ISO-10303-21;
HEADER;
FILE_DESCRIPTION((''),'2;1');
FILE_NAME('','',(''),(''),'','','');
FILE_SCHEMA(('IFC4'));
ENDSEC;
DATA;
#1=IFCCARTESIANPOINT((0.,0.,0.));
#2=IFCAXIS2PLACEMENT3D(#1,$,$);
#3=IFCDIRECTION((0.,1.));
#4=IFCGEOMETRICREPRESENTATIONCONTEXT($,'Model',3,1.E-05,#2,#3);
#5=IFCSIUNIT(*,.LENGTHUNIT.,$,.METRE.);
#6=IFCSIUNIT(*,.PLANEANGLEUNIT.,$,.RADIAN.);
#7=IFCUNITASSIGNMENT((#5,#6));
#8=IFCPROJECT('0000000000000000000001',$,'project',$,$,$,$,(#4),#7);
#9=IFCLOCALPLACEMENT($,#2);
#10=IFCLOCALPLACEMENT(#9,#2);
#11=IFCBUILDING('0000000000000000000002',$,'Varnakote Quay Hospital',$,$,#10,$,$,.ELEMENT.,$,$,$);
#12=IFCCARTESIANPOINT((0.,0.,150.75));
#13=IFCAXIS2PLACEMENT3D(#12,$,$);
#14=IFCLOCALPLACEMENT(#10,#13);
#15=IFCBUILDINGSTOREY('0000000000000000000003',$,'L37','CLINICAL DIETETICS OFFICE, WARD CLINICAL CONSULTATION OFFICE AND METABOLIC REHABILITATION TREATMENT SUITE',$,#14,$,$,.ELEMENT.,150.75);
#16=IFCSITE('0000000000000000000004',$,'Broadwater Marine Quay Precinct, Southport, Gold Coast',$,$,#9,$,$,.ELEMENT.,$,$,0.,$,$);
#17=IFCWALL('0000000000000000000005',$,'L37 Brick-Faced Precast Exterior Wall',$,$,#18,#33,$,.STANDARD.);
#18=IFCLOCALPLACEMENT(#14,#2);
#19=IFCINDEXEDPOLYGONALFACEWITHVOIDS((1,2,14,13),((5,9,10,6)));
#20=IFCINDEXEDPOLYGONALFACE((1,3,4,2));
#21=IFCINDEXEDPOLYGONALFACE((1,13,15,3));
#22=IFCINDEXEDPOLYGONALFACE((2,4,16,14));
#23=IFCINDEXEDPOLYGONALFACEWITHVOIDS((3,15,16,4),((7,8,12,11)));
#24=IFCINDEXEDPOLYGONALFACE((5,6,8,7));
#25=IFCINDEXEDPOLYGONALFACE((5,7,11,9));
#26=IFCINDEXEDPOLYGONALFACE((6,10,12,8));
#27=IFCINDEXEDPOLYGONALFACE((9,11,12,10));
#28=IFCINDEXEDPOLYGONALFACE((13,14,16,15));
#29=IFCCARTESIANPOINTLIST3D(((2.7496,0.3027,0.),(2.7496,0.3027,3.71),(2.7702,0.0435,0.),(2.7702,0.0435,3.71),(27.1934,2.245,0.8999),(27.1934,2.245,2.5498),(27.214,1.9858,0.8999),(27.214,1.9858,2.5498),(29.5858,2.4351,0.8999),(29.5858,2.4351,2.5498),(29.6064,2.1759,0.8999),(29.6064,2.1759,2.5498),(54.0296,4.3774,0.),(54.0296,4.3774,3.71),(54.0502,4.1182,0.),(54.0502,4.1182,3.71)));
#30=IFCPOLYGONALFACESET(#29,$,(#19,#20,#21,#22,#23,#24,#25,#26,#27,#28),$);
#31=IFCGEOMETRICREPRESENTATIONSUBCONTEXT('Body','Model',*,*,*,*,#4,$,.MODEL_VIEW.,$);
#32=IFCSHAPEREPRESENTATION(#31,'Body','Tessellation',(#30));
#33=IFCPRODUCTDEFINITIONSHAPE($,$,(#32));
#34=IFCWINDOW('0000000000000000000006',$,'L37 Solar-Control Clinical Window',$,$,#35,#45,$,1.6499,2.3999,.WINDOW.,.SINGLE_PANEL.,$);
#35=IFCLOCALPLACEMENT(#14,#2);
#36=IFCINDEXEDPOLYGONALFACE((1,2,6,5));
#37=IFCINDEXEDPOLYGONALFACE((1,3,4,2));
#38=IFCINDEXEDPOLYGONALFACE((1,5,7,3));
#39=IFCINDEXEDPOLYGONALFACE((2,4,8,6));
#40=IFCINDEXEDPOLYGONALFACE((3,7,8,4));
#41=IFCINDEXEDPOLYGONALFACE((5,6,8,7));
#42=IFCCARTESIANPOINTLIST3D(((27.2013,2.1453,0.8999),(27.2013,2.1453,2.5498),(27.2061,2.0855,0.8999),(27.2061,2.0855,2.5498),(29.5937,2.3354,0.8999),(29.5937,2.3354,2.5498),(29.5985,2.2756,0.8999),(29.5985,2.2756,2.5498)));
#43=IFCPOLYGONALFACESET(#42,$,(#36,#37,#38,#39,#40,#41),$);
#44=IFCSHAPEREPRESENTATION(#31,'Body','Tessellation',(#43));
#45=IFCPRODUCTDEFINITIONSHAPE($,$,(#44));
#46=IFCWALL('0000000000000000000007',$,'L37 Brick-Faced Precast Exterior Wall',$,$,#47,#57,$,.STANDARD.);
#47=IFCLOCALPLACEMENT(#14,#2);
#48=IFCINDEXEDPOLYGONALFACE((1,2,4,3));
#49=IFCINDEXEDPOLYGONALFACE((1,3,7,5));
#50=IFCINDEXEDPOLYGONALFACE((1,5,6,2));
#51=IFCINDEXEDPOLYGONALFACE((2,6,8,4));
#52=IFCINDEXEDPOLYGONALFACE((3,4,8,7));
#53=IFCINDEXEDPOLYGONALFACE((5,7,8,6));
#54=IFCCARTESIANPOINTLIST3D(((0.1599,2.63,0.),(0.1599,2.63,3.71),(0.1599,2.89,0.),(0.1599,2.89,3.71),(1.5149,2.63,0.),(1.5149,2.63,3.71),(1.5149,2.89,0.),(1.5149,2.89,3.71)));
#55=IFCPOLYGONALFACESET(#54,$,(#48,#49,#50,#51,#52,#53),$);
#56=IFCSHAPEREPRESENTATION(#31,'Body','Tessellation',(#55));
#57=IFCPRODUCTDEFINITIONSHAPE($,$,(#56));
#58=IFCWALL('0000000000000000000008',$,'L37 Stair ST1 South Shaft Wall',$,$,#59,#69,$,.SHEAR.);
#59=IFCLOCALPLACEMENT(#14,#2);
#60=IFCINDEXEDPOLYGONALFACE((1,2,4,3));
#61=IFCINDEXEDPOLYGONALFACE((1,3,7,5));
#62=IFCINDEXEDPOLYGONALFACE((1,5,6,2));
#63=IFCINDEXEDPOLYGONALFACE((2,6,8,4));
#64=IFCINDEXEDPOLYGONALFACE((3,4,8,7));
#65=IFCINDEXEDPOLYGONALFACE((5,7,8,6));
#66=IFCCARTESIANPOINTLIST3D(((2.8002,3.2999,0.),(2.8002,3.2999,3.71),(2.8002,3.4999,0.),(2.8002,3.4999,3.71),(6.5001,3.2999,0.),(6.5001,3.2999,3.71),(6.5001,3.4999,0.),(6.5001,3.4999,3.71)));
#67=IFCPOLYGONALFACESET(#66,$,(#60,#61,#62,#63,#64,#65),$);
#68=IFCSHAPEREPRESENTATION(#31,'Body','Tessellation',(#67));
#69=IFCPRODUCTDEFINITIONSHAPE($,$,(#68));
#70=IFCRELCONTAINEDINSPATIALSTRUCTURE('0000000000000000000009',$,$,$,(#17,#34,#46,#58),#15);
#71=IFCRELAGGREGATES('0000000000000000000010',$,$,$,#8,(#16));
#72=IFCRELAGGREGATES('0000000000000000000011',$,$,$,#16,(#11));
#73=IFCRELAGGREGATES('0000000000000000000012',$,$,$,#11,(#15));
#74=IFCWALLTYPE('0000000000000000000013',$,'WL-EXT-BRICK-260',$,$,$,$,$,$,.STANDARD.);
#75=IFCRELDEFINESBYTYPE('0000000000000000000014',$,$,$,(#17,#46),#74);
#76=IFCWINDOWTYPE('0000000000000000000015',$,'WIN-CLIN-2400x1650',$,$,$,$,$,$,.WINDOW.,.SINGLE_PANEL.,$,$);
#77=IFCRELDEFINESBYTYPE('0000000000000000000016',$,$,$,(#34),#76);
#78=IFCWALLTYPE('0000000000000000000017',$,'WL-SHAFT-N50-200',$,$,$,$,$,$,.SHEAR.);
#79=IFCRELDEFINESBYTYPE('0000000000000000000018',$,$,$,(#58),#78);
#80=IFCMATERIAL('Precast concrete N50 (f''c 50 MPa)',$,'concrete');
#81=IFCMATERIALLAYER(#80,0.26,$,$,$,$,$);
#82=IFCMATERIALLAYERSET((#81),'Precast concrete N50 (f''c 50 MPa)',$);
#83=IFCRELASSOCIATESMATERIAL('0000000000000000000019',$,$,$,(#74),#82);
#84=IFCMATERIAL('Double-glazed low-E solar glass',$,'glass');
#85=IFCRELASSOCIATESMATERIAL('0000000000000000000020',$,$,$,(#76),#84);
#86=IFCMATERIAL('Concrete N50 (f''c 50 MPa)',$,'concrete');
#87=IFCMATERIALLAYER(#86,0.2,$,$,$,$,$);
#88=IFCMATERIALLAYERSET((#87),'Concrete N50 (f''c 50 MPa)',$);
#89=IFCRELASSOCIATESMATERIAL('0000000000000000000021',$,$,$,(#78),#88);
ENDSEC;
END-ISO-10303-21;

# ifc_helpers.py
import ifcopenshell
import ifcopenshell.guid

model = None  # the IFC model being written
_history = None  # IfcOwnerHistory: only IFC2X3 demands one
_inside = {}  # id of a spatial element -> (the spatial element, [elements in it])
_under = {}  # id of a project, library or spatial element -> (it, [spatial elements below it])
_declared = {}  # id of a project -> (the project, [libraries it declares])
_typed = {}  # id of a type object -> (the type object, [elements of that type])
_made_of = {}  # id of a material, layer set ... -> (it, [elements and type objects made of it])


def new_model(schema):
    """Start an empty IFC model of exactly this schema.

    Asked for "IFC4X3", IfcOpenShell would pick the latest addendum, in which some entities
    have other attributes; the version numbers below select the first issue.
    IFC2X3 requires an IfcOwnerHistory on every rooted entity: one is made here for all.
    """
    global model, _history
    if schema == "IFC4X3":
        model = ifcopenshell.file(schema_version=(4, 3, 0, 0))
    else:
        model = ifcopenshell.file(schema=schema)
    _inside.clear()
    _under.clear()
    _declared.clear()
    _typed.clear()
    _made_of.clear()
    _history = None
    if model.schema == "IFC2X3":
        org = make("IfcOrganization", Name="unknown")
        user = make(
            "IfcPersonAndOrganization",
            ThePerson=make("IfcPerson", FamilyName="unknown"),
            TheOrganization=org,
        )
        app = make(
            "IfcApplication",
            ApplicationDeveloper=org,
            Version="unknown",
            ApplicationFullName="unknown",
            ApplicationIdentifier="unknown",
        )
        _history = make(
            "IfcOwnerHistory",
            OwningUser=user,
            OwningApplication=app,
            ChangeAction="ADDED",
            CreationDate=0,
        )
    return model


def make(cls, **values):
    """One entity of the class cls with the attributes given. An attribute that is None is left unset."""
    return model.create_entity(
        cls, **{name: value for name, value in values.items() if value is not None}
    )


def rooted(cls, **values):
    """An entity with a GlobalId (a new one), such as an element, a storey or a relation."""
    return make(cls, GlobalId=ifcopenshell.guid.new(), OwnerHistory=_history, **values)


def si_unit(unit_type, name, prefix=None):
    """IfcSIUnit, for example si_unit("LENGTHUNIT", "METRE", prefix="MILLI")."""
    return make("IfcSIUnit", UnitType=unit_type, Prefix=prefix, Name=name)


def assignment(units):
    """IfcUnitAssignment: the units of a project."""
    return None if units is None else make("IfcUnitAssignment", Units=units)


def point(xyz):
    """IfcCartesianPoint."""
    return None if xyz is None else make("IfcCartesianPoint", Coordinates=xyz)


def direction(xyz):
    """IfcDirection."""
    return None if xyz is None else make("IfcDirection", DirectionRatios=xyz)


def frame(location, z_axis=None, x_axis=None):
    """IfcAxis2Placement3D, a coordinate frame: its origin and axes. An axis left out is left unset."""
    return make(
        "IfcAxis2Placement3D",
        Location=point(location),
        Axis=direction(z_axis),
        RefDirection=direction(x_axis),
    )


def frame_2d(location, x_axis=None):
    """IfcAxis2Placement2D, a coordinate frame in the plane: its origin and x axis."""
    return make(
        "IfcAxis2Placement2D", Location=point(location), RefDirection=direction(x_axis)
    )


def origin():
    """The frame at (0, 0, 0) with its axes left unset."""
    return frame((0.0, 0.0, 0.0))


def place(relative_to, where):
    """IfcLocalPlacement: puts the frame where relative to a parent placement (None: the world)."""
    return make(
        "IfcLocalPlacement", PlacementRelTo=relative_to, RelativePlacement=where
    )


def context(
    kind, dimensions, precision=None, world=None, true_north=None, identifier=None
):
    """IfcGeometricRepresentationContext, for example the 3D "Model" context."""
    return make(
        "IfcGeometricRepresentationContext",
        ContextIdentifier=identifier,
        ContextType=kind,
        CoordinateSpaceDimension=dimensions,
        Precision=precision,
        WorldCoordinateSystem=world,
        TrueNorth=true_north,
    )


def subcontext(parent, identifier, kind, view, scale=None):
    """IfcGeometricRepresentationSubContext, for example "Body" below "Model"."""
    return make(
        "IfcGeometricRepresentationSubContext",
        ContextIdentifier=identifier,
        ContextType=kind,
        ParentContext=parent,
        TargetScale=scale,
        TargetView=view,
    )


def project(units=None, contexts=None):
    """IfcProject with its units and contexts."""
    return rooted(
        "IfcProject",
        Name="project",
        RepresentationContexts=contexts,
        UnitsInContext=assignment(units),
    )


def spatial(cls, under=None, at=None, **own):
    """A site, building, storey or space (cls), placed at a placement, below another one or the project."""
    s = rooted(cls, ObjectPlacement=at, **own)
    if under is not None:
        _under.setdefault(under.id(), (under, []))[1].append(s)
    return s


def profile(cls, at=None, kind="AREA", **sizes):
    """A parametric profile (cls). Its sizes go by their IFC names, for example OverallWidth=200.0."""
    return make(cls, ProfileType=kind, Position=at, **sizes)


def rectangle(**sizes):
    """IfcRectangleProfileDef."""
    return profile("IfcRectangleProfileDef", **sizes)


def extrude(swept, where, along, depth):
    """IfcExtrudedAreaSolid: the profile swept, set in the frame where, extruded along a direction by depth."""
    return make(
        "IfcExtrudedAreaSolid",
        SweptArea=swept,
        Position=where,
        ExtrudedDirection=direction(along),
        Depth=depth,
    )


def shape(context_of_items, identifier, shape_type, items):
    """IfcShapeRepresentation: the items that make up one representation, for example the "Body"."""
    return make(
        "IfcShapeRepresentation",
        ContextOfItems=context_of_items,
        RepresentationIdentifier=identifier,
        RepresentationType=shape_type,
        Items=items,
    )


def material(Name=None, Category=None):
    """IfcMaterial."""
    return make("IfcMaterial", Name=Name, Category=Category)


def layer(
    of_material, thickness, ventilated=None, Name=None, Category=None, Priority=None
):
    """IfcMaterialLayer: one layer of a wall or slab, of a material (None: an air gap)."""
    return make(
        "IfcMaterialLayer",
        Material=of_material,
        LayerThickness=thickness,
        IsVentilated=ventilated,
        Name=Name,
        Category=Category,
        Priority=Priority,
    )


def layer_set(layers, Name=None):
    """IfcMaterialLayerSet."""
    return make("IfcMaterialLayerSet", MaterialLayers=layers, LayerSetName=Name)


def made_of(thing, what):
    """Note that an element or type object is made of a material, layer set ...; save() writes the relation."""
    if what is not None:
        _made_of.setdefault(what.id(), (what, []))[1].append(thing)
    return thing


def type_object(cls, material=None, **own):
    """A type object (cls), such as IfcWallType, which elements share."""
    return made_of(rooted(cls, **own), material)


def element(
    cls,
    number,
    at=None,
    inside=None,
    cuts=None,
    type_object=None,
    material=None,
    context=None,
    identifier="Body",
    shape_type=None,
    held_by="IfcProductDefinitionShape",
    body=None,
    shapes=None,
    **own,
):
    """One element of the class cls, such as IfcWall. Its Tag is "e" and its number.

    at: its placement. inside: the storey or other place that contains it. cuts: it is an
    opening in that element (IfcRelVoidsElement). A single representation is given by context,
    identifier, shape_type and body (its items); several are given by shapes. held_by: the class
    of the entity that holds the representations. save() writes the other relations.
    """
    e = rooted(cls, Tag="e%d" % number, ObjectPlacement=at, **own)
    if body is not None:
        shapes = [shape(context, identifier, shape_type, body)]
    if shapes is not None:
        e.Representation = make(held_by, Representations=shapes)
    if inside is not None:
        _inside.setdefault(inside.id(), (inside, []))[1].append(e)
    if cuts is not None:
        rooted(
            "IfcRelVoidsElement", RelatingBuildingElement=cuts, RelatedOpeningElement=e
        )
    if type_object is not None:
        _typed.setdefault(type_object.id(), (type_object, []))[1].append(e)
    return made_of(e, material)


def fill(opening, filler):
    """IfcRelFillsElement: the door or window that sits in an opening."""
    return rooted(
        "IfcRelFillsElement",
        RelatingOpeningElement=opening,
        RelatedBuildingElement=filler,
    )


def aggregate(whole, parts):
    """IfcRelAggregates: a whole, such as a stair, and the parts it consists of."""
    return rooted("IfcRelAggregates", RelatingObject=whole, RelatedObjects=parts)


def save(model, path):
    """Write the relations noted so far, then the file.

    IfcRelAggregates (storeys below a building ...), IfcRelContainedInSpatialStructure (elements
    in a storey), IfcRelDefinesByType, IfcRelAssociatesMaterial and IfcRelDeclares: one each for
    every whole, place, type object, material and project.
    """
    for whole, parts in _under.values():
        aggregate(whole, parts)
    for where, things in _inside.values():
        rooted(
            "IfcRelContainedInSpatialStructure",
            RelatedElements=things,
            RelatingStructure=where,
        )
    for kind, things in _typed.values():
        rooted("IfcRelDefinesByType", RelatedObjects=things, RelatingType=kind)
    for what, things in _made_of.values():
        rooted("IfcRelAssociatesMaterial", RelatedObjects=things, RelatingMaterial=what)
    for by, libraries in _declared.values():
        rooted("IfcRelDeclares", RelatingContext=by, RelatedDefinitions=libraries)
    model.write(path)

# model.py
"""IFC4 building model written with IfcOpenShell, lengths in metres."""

from ifc_helpers import new_model, si_unit, direction, frame, frame_2d, origin, place, context, subcontext, project, spatial, rectangle, extrude, material, layer, layer_set, type_object, element, fill, save


model = new_model("IFC4")

# Units and contexts
model_context = context("Model", 3, precision=1e-05, world=origin(), true_north=direction((0.0, 1.0)))
body_context = subcontext(model_context, "Body", "Model", "MODEL_VIEW")
ifc_project = project(units=[si_unit("LENGTHUNIT", "METRE"), si_unit("PLANEANGLEUNIT", "RADIAN")], contexts=[model_context])

# Site, building, storey
site_placement = place(None, origin())
site = spatial("IfcSite", under=ifc_project, at=site_placement, Name="Broadwater Marine Quay Precinct, Southport, Gold Coast", CompositionType="ELEMENT", RefElevation=0.0)
building_placement = place(site_placement, origin())
building = spatial("IfcBuilding", under=site, at=building_placement, Name="Varnakote Quay Hospital", CompositionType="ELEMENT")
storey_placement = place(building_placement, frame((0.0, 0.0, 150.75)))
storey = spatial("IfcBuildingStorey", under=building, at=storey_placement, Name="L37", Description="CLINICAL DIETETICS OFFICE, WARD CLINICAL CONSULTATION OFFICE AND METABOLIC REHABILITATION TREATMENT SUITE", CompositionType="ELEMENT", Elevation=150.75)

# Shared definitions
ifc_material_1 = material(Name="Precast concrete N50 (f'c 50 MPa)", Category="concrete")
ifc_layer_1 = layer(ifc_material_1, 0.26)
ifc_layer_set_1 = layer_set([ifc_layer_1], Name="Precast concrete N50 (f'c 50 MPa)")
wall_type_1 = type_object("IfcWallType", Name="WL-EXT-BRICK-260", PredefinedType="STANDARD", material=ifc_layer_set_1)

# Wall, opening, window
wall_1_placement = place(storey_placement, frame((2.76, 0.1731, 0.0), z_axis=(0.0, 0.0, 1.0), x_axis=(0.996858, 0.07921, 0.0)))
wall_1 = element("IfcWall", 1, at=wall_1_placement, inside=storey, type_object=wall_type_1, Name="L37 Brick-Faced Precast Exterior Wall", PredefinedType="STANDARD", context=body_context, shape_type="SweptSolid", body=[
    extrude(rectangle(XDim=51.4417, YDim=0.26, at=frame_2d((25.7207, 0.0))), origin(), (0.0, 0.0, 1.0), 3.71),
])
opening_1_placement = place(wall_1_placement, frame((24.5208, 0.0, 0.8999)))
opening_1 = element("IfcOpeningElement", 2, at=opening_1_placement, cuts=wall_1, PredefinedType="OPENING", context=body_context, shape_type="SweptSolid", body=[
    extrude(rectangle(XDim=2.3999, YDim=1.6499, at=frame_2d((1.2, 0.825))), frame((0.0, 0.1399, 0.0), z_axis=(0.0, -1.0, 0.0), x_axis=(1.0, 0.0, 0.0)), (0.0, 0.0, 1.0), 0.28),
])
ifc_material_2 = material(Name="Double-glazed low-E solar glass", Category="glass")
window_type = type_object("IfcWindowType", Name="WIN-CLIN-2400x1650", PartitioningType="SINGLE_PANEL", PredefinedType="WINDOW", material=ifc_material_2)
window_placement = place(opening_1_placement, origin())
window = element("IfcWindow", 3, at=window_placement, inside=storey, type_object=window_type, Name="L37 Solar-Control Clinical Window", OverallHeight=1.6499, OverallWidth=2.3999, PartitioningType="SINGLE_PANEL", PredefinedType="WINDOW", context=body_context, shape_type="SweptSolid", body=[
    extrude(rectangle(XDim=2.3999, YDim=1.6499, at=frame_2d((1.2, 0.825))), frame((0.0, 0.03, 0.0), z_axis=(0.0, -1.0, 0.0), x_axis=(1.0, 0.0, 0.0)), (0.0, 0.0, 1.0), 0.0601),
])
fill(opening_1, window)

# Walls
wall_2_placement = place(storey_placement, frame((0.1599, 2.76, 0.0), z_axis=(0.0, 0.0, 1.0), x_axis=(1.0, 0.0, 0.0)))
element("IfcWall", 4, at=wall_2_placement, inside=storey, type_object=wall_type_1, Name="L37 Brick-Faced Precast Exterior Wall", PredefinedType="STANDARD", context=body_context, shape_type="SweptSolid", body=[
    extrude(rectangle(XDim=1.355, YDim=0.26, at=frame_2d((0.6775, 0.0))), origin(), (0.0, 0.0, 1.0), 3.71),
])
ifc_material_3 = material(Name="Concrete N50 (f'c 50 MPa)", Category="concrete")
ifc_layer_2 = layer(ifc_material_3, 0.2)
ifc_layer_set_2 = layer_set([ifc_layer_2], Name="Concrete N50 (f'c 50 MPa)")
wall_type_2 = type_object("IfcWallType", Name="WL-SHAFT-N50-200", PredefinedType="SHEAR", material=ifc_layer_set_2)
wall_3_placement = place(storey_placement, frame((2.8, 3.3999, 0.0), z_axis=(0.0, 0.0, 1.0), x_axis=(1.0, 0.0, 0.0)))
element("IfcWall", 5, at=wall_3_placement, inside=storey, type_object=wall_type_2, Name="L37 Stair ST1 South Shaft Wall", PredefinedType="SHEAR", context=body_context, shape_type="SweptSolid", body=[
    extrude(rectangle(XDim=3.7, YDim=0.2, at=frame_2d((1.8501, 0.0))), origin(), (0.0, 0.0, 1.0), 3.71),
])

save(model, "model.ifc")
